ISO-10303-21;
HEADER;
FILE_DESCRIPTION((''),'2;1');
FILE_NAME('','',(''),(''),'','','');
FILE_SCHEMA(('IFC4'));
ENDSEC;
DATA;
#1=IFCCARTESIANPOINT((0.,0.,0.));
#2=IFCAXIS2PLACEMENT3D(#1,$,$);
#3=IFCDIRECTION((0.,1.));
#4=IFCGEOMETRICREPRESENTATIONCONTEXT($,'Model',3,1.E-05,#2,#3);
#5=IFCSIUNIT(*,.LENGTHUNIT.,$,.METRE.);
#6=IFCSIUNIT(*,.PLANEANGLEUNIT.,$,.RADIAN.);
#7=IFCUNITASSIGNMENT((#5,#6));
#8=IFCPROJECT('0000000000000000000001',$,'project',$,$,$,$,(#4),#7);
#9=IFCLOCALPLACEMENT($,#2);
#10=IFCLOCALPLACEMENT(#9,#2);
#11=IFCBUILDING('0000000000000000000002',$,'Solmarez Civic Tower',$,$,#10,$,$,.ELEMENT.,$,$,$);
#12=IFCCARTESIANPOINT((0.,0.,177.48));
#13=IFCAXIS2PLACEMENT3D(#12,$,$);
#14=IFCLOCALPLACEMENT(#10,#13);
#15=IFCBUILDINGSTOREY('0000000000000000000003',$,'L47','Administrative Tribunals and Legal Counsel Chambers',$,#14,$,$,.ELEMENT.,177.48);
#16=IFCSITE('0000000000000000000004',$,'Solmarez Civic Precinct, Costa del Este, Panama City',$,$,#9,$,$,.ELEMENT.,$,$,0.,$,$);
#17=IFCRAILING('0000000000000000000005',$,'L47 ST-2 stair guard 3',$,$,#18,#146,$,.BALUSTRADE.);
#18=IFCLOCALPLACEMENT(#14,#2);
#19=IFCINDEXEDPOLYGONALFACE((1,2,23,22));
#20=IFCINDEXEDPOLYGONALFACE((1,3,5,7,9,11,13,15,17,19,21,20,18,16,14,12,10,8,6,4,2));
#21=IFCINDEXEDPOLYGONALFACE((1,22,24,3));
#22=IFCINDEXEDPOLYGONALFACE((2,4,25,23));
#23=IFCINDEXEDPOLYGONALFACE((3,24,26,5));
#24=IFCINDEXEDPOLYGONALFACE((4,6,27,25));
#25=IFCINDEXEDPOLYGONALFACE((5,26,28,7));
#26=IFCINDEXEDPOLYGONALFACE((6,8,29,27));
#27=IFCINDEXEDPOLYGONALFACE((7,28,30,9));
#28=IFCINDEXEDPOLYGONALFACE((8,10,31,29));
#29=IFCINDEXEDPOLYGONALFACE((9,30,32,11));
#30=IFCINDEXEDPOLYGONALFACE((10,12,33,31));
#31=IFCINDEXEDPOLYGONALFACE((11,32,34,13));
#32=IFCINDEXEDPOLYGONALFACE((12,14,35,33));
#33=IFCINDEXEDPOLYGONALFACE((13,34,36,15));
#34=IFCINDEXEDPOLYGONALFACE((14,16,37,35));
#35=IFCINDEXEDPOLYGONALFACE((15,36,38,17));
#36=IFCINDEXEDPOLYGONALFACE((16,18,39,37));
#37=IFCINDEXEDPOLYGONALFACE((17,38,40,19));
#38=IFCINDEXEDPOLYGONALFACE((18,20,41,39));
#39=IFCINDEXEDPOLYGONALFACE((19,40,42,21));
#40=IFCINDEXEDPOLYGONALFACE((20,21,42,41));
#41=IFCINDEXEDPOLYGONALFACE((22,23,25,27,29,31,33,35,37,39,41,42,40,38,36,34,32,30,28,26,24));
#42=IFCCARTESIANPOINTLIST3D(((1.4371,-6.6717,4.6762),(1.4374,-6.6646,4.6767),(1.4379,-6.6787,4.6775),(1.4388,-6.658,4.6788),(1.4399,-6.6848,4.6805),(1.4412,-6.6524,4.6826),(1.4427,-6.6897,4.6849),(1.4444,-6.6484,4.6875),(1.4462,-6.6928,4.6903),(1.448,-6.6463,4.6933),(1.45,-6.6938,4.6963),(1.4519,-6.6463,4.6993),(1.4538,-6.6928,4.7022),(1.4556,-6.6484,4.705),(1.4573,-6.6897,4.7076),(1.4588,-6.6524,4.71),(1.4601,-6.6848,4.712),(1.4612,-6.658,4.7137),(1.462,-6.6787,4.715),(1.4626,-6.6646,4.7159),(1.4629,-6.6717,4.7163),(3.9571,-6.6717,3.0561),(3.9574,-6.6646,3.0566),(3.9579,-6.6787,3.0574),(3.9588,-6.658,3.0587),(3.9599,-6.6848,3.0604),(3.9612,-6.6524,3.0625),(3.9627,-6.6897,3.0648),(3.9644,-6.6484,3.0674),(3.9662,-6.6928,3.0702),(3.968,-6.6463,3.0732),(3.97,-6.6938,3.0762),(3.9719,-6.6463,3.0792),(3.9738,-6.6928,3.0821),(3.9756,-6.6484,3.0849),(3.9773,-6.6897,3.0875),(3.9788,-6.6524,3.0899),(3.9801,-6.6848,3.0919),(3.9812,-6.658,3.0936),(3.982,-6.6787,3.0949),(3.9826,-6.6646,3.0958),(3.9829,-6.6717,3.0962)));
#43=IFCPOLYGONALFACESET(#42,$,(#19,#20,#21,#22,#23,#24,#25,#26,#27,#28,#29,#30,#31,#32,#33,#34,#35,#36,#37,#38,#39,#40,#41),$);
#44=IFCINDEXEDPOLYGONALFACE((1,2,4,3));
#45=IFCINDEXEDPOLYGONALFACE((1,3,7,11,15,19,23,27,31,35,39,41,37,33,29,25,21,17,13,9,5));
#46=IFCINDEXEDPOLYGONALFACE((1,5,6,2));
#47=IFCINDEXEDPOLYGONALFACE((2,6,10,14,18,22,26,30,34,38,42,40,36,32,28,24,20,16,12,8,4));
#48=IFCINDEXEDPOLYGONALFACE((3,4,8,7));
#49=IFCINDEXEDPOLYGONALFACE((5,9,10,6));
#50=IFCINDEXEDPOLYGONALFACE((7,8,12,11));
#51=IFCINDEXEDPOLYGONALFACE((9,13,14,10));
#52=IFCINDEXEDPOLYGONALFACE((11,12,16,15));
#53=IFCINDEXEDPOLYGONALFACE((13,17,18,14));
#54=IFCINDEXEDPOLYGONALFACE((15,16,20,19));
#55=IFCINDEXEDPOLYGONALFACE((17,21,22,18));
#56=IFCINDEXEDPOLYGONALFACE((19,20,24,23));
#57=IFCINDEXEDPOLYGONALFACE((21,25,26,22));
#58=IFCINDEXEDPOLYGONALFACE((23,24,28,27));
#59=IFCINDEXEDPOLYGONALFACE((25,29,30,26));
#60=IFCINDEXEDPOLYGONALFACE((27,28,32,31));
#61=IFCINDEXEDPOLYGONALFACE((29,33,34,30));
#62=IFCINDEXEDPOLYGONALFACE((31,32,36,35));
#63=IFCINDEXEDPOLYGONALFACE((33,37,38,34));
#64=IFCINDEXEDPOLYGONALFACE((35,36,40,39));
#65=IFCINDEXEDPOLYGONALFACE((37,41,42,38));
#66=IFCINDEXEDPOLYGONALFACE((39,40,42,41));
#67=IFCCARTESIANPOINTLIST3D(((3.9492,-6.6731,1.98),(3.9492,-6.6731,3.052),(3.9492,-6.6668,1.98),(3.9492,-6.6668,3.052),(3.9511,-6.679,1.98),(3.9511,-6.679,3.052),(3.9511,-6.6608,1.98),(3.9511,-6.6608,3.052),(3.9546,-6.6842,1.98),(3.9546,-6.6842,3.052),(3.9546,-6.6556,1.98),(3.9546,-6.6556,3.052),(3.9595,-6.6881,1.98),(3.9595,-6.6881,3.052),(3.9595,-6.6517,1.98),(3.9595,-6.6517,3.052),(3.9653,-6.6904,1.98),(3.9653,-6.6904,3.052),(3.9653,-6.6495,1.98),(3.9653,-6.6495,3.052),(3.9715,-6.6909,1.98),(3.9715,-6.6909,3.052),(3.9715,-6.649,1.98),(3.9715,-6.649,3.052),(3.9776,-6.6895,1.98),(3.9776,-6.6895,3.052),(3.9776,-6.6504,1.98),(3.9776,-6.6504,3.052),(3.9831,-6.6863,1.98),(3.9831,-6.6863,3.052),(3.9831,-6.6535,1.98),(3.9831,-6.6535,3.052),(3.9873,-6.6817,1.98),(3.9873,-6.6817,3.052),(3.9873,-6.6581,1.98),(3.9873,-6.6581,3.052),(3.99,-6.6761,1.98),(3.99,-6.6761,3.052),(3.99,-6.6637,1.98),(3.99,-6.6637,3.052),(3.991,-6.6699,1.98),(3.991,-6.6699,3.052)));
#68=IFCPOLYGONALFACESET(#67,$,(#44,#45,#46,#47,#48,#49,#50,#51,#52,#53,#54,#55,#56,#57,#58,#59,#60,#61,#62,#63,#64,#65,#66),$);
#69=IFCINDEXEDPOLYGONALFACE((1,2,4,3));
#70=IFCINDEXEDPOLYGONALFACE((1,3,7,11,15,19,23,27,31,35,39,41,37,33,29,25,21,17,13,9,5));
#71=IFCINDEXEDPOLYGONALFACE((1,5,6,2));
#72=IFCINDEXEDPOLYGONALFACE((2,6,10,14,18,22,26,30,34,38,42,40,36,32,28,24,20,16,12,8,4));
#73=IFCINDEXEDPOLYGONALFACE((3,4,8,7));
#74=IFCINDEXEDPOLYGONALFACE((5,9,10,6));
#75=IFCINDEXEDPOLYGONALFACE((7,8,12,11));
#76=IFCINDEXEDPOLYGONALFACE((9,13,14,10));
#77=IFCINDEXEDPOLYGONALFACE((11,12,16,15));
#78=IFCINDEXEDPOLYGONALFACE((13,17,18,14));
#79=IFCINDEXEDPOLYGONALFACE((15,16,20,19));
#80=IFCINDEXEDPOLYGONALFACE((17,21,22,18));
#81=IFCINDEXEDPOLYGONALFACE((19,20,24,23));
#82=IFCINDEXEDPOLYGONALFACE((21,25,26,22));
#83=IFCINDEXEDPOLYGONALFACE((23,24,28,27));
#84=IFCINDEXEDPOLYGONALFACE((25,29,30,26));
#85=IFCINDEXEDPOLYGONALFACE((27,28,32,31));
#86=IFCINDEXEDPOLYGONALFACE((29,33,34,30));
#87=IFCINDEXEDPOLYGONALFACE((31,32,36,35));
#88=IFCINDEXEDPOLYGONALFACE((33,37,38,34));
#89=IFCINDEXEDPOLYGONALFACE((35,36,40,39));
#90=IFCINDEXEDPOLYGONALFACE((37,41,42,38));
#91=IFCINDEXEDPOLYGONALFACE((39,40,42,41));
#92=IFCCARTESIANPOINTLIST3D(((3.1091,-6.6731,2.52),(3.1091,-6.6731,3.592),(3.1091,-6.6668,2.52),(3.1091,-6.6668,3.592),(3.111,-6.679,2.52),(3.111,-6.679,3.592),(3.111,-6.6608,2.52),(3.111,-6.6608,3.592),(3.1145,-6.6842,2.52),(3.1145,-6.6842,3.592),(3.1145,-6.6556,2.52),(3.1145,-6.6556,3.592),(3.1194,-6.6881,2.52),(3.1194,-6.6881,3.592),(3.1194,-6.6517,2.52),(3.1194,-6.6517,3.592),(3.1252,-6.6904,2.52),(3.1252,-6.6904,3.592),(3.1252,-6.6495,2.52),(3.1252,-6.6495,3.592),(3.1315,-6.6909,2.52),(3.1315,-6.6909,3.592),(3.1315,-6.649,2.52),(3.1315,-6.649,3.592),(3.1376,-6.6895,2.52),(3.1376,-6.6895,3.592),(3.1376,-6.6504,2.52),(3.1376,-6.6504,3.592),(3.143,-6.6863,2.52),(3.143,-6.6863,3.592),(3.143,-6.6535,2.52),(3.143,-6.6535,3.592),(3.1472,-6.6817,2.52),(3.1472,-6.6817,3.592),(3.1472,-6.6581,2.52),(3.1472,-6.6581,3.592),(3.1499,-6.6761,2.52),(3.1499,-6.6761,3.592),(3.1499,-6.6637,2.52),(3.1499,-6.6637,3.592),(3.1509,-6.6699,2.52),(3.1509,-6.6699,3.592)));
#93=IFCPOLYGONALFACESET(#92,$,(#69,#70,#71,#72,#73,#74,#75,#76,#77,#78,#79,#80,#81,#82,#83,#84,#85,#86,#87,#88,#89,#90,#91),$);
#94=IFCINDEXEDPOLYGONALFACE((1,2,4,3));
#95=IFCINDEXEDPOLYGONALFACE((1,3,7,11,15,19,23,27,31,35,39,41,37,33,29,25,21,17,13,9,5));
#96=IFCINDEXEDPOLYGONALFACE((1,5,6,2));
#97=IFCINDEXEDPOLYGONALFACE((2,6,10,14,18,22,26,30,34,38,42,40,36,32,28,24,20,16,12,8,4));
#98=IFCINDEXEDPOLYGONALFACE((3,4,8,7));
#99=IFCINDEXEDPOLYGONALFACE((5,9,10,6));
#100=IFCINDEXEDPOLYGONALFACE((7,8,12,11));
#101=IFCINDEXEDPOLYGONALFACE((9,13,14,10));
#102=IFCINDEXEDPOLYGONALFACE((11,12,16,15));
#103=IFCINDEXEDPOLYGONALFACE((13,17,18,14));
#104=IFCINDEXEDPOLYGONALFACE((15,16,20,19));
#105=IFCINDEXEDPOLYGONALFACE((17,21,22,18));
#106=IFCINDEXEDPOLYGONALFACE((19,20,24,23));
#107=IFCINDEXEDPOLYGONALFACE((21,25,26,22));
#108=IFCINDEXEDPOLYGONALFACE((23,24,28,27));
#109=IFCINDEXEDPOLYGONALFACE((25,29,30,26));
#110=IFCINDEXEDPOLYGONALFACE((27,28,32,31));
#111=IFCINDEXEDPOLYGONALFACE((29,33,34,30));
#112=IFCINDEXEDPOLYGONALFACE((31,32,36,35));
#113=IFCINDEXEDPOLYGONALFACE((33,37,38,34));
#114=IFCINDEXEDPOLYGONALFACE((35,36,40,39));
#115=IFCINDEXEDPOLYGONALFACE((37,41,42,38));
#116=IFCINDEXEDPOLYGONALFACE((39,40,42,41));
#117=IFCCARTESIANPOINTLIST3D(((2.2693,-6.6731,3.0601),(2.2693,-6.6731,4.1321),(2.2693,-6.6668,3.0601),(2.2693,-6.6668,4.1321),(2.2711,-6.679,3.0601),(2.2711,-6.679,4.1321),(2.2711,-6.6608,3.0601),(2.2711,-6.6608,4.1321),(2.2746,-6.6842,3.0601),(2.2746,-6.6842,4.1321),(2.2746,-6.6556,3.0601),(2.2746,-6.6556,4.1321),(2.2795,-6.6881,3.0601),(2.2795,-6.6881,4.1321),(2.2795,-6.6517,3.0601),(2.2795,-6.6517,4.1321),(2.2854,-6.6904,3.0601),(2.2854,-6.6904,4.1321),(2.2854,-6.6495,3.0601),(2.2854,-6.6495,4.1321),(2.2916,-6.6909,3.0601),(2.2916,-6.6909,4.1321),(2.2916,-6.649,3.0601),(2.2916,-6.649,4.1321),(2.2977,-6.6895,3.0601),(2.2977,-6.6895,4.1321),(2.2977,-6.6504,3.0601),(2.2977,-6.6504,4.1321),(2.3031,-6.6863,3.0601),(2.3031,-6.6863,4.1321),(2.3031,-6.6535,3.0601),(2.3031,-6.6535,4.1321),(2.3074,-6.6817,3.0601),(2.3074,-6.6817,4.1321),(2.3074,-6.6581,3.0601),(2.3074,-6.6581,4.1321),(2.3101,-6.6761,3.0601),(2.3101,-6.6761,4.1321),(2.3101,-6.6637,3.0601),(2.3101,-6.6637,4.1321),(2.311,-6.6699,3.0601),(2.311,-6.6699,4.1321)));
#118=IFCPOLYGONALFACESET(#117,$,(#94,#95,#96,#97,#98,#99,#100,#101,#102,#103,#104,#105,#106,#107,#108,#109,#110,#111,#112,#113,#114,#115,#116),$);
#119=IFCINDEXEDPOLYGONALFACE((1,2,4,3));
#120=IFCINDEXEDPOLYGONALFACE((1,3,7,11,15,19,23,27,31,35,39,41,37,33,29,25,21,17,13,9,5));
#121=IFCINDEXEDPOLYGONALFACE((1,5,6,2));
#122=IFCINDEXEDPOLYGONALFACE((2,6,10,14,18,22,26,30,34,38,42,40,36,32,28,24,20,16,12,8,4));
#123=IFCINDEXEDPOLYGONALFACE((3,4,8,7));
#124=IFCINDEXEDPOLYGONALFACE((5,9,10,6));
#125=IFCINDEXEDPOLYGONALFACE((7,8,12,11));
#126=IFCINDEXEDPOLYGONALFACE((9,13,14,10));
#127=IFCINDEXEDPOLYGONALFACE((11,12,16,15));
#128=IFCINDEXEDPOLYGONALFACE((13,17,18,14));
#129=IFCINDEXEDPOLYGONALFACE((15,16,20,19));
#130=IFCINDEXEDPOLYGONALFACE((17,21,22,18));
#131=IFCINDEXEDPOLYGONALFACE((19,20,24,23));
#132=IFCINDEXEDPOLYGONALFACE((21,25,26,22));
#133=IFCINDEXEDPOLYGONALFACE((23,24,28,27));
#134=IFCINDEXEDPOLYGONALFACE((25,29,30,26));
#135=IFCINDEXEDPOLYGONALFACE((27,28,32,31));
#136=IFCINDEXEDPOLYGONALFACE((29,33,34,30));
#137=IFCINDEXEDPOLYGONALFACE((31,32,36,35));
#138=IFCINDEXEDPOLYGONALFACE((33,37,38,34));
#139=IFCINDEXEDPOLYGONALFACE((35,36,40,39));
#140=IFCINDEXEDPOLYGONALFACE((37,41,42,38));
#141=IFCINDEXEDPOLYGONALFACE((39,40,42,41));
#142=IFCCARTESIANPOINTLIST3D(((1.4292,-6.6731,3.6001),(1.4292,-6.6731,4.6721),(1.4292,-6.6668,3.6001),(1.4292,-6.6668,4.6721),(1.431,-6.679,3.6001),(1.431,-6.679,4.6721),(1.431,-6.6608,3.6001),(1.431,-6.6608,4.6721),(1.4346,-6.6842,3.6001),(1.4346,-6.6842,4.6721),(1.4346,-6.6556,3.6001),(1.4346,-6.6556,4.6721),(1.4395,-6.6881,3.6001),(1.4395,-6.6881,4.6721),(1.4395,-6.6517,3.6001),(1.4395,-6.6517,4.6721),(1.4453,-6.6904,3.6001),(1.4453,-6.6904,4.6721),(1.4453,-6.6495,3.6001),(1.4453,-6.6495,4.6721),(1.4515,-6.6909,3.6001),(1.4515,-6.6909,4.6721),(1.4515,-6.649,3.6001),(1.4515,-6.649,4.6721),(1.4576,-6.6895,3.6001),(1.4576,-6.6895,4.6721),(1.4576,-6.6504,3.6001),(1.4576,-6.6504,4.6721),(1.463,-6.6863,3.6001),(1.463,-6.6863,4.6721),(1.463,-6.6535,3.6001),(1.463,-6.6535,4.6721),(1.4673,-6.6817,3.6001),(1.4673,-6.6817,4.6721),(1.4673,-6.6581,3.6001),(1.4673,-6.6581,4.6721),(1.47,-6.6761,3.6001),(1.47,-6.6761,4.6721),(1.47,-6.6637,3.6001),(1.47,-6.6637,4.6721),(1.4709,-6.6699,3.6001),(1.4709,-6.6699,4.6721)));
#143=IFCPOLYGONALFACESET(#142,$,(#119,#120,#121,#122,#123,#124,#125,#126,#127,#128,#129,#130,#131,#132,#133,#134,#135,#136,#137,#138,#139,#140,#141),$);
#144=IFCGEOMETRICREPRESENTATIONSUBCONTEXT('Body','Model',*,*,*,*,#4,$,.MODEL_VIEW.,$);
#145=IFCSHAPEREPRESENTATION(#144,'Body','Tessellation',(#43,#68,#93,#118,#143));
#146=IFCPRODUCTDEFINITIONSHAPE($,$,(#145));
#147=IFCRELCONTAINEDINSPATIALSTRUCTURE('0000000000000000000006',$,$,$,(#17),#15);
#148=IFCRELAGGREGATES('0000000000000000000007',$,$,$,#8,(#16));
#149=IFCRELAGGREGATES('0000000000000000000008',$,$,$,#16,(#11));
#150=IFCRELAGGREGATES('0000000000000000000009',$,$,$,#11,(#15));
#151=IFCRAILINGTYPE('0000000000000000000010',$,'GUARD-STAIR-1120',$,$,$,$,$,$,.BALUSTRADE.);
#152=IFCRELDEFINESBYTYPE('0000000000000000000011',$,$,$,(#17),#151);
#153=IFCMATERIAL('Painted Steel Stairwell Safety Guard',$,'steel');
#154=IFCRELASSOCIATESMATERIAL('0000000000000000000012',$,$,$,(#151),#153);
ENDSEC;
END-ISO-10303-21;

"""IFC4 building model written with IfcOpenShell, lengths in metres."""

from ifc_helpers import new_model, si_unit, direction, frame, origin, origin_2d, place, context, subcontext, project, spatial, circle, extrude, material, type_object, element, save


model = new_model("IFC4")

# Units and contexts
model_context = context("Model", 3, precision=1e-05, world=origin(), true_north=direction((0.0, 1.0)))
body_context = subcontext(model_context, "Body", "Model", "MODEL_VIEW")
ifc_project = project(units=[si_unit("LENGTHUNIT", "METRE"), si_unit("PLANEANGLEUNIT", "RADIAN")], contexts=[model_context])

# Site, building, storey
site_placement = place(None, origin())
site = spatial("IfcSite", under=ifc_project, at=site_placement, Name="Solmarez Civic Precinct, Costa del Este, Panama City", CompositionType="ELEMENT", RefElevation=0.0)
building_placement = place(site_placement, origin())
building = spatial("IfcBuilding", under=site, at=building_placement, Name="Solmarez Civic Tower", CompositionType="ELEMENT")
storey_placement = place(building_placement, frame((0.0, 0.0, 177.48)))
storey = spatial("IfcBuildingStorey", under=building, at=storey_placement, Name="L47", Description="Administrative Tribunals and Legal Counsel Chambers", CompositionType="ELEMENT", Elevation=177.48)

# Railing
ifc_material_1 = material(Name="Painted Steel Stairwell Safety Guard", Category="steel")
railing_type_1 = type_object("IfcRailingType", Name="GUARD-STAIR-1120", PredefinedType="BALUSTRADE", material=ifc_material_1)
railing_1_placement = place(storey_placement, frame((3.97, -6.6699, 1.98)))
element("IfcRailing", 1, at=railing_1_placement, inside=storey, type_object=railing_type_1, Name="L47 ST-2 stair guard 3", PredefinedType="BALUSTRADE", context=body_context, shape_type="SweptSolid", body=[
    extrude(circle(Radius=0.0239, at=origin_2d()), frame((0.0, 0.0, 1.0962), z_axis=(-0.841163, 0.0, 0.540782), x_axis=(0.0, -1.0, 0.0)), (0.0, 0.0, 1.0), 2.9958),
    extrude(circle(Radius=0.021, at=origin_2d()), origin(), (0.0, 0.0, 1.0), 1.072),
    extrude(circle(Radius=0.021, at=origin_2d()), frame((-0.8401, 0.0, 0.54)), (0.0, 0.0, 1.0), 1.072),
    extrude(circle(Radius=0.021, at=origin_2d()), frame((-1.6799, 0.0, 1.0801)), (0.0, 0.0, 1.0), 1.072),
    extrude(circle(Radius=0.021, at=origin_2d()), frame((-2.52, 0.0, 1.6201)), (0.0, 0.0, 1.0), 1.072),
])

save(model, "model.ifc")
